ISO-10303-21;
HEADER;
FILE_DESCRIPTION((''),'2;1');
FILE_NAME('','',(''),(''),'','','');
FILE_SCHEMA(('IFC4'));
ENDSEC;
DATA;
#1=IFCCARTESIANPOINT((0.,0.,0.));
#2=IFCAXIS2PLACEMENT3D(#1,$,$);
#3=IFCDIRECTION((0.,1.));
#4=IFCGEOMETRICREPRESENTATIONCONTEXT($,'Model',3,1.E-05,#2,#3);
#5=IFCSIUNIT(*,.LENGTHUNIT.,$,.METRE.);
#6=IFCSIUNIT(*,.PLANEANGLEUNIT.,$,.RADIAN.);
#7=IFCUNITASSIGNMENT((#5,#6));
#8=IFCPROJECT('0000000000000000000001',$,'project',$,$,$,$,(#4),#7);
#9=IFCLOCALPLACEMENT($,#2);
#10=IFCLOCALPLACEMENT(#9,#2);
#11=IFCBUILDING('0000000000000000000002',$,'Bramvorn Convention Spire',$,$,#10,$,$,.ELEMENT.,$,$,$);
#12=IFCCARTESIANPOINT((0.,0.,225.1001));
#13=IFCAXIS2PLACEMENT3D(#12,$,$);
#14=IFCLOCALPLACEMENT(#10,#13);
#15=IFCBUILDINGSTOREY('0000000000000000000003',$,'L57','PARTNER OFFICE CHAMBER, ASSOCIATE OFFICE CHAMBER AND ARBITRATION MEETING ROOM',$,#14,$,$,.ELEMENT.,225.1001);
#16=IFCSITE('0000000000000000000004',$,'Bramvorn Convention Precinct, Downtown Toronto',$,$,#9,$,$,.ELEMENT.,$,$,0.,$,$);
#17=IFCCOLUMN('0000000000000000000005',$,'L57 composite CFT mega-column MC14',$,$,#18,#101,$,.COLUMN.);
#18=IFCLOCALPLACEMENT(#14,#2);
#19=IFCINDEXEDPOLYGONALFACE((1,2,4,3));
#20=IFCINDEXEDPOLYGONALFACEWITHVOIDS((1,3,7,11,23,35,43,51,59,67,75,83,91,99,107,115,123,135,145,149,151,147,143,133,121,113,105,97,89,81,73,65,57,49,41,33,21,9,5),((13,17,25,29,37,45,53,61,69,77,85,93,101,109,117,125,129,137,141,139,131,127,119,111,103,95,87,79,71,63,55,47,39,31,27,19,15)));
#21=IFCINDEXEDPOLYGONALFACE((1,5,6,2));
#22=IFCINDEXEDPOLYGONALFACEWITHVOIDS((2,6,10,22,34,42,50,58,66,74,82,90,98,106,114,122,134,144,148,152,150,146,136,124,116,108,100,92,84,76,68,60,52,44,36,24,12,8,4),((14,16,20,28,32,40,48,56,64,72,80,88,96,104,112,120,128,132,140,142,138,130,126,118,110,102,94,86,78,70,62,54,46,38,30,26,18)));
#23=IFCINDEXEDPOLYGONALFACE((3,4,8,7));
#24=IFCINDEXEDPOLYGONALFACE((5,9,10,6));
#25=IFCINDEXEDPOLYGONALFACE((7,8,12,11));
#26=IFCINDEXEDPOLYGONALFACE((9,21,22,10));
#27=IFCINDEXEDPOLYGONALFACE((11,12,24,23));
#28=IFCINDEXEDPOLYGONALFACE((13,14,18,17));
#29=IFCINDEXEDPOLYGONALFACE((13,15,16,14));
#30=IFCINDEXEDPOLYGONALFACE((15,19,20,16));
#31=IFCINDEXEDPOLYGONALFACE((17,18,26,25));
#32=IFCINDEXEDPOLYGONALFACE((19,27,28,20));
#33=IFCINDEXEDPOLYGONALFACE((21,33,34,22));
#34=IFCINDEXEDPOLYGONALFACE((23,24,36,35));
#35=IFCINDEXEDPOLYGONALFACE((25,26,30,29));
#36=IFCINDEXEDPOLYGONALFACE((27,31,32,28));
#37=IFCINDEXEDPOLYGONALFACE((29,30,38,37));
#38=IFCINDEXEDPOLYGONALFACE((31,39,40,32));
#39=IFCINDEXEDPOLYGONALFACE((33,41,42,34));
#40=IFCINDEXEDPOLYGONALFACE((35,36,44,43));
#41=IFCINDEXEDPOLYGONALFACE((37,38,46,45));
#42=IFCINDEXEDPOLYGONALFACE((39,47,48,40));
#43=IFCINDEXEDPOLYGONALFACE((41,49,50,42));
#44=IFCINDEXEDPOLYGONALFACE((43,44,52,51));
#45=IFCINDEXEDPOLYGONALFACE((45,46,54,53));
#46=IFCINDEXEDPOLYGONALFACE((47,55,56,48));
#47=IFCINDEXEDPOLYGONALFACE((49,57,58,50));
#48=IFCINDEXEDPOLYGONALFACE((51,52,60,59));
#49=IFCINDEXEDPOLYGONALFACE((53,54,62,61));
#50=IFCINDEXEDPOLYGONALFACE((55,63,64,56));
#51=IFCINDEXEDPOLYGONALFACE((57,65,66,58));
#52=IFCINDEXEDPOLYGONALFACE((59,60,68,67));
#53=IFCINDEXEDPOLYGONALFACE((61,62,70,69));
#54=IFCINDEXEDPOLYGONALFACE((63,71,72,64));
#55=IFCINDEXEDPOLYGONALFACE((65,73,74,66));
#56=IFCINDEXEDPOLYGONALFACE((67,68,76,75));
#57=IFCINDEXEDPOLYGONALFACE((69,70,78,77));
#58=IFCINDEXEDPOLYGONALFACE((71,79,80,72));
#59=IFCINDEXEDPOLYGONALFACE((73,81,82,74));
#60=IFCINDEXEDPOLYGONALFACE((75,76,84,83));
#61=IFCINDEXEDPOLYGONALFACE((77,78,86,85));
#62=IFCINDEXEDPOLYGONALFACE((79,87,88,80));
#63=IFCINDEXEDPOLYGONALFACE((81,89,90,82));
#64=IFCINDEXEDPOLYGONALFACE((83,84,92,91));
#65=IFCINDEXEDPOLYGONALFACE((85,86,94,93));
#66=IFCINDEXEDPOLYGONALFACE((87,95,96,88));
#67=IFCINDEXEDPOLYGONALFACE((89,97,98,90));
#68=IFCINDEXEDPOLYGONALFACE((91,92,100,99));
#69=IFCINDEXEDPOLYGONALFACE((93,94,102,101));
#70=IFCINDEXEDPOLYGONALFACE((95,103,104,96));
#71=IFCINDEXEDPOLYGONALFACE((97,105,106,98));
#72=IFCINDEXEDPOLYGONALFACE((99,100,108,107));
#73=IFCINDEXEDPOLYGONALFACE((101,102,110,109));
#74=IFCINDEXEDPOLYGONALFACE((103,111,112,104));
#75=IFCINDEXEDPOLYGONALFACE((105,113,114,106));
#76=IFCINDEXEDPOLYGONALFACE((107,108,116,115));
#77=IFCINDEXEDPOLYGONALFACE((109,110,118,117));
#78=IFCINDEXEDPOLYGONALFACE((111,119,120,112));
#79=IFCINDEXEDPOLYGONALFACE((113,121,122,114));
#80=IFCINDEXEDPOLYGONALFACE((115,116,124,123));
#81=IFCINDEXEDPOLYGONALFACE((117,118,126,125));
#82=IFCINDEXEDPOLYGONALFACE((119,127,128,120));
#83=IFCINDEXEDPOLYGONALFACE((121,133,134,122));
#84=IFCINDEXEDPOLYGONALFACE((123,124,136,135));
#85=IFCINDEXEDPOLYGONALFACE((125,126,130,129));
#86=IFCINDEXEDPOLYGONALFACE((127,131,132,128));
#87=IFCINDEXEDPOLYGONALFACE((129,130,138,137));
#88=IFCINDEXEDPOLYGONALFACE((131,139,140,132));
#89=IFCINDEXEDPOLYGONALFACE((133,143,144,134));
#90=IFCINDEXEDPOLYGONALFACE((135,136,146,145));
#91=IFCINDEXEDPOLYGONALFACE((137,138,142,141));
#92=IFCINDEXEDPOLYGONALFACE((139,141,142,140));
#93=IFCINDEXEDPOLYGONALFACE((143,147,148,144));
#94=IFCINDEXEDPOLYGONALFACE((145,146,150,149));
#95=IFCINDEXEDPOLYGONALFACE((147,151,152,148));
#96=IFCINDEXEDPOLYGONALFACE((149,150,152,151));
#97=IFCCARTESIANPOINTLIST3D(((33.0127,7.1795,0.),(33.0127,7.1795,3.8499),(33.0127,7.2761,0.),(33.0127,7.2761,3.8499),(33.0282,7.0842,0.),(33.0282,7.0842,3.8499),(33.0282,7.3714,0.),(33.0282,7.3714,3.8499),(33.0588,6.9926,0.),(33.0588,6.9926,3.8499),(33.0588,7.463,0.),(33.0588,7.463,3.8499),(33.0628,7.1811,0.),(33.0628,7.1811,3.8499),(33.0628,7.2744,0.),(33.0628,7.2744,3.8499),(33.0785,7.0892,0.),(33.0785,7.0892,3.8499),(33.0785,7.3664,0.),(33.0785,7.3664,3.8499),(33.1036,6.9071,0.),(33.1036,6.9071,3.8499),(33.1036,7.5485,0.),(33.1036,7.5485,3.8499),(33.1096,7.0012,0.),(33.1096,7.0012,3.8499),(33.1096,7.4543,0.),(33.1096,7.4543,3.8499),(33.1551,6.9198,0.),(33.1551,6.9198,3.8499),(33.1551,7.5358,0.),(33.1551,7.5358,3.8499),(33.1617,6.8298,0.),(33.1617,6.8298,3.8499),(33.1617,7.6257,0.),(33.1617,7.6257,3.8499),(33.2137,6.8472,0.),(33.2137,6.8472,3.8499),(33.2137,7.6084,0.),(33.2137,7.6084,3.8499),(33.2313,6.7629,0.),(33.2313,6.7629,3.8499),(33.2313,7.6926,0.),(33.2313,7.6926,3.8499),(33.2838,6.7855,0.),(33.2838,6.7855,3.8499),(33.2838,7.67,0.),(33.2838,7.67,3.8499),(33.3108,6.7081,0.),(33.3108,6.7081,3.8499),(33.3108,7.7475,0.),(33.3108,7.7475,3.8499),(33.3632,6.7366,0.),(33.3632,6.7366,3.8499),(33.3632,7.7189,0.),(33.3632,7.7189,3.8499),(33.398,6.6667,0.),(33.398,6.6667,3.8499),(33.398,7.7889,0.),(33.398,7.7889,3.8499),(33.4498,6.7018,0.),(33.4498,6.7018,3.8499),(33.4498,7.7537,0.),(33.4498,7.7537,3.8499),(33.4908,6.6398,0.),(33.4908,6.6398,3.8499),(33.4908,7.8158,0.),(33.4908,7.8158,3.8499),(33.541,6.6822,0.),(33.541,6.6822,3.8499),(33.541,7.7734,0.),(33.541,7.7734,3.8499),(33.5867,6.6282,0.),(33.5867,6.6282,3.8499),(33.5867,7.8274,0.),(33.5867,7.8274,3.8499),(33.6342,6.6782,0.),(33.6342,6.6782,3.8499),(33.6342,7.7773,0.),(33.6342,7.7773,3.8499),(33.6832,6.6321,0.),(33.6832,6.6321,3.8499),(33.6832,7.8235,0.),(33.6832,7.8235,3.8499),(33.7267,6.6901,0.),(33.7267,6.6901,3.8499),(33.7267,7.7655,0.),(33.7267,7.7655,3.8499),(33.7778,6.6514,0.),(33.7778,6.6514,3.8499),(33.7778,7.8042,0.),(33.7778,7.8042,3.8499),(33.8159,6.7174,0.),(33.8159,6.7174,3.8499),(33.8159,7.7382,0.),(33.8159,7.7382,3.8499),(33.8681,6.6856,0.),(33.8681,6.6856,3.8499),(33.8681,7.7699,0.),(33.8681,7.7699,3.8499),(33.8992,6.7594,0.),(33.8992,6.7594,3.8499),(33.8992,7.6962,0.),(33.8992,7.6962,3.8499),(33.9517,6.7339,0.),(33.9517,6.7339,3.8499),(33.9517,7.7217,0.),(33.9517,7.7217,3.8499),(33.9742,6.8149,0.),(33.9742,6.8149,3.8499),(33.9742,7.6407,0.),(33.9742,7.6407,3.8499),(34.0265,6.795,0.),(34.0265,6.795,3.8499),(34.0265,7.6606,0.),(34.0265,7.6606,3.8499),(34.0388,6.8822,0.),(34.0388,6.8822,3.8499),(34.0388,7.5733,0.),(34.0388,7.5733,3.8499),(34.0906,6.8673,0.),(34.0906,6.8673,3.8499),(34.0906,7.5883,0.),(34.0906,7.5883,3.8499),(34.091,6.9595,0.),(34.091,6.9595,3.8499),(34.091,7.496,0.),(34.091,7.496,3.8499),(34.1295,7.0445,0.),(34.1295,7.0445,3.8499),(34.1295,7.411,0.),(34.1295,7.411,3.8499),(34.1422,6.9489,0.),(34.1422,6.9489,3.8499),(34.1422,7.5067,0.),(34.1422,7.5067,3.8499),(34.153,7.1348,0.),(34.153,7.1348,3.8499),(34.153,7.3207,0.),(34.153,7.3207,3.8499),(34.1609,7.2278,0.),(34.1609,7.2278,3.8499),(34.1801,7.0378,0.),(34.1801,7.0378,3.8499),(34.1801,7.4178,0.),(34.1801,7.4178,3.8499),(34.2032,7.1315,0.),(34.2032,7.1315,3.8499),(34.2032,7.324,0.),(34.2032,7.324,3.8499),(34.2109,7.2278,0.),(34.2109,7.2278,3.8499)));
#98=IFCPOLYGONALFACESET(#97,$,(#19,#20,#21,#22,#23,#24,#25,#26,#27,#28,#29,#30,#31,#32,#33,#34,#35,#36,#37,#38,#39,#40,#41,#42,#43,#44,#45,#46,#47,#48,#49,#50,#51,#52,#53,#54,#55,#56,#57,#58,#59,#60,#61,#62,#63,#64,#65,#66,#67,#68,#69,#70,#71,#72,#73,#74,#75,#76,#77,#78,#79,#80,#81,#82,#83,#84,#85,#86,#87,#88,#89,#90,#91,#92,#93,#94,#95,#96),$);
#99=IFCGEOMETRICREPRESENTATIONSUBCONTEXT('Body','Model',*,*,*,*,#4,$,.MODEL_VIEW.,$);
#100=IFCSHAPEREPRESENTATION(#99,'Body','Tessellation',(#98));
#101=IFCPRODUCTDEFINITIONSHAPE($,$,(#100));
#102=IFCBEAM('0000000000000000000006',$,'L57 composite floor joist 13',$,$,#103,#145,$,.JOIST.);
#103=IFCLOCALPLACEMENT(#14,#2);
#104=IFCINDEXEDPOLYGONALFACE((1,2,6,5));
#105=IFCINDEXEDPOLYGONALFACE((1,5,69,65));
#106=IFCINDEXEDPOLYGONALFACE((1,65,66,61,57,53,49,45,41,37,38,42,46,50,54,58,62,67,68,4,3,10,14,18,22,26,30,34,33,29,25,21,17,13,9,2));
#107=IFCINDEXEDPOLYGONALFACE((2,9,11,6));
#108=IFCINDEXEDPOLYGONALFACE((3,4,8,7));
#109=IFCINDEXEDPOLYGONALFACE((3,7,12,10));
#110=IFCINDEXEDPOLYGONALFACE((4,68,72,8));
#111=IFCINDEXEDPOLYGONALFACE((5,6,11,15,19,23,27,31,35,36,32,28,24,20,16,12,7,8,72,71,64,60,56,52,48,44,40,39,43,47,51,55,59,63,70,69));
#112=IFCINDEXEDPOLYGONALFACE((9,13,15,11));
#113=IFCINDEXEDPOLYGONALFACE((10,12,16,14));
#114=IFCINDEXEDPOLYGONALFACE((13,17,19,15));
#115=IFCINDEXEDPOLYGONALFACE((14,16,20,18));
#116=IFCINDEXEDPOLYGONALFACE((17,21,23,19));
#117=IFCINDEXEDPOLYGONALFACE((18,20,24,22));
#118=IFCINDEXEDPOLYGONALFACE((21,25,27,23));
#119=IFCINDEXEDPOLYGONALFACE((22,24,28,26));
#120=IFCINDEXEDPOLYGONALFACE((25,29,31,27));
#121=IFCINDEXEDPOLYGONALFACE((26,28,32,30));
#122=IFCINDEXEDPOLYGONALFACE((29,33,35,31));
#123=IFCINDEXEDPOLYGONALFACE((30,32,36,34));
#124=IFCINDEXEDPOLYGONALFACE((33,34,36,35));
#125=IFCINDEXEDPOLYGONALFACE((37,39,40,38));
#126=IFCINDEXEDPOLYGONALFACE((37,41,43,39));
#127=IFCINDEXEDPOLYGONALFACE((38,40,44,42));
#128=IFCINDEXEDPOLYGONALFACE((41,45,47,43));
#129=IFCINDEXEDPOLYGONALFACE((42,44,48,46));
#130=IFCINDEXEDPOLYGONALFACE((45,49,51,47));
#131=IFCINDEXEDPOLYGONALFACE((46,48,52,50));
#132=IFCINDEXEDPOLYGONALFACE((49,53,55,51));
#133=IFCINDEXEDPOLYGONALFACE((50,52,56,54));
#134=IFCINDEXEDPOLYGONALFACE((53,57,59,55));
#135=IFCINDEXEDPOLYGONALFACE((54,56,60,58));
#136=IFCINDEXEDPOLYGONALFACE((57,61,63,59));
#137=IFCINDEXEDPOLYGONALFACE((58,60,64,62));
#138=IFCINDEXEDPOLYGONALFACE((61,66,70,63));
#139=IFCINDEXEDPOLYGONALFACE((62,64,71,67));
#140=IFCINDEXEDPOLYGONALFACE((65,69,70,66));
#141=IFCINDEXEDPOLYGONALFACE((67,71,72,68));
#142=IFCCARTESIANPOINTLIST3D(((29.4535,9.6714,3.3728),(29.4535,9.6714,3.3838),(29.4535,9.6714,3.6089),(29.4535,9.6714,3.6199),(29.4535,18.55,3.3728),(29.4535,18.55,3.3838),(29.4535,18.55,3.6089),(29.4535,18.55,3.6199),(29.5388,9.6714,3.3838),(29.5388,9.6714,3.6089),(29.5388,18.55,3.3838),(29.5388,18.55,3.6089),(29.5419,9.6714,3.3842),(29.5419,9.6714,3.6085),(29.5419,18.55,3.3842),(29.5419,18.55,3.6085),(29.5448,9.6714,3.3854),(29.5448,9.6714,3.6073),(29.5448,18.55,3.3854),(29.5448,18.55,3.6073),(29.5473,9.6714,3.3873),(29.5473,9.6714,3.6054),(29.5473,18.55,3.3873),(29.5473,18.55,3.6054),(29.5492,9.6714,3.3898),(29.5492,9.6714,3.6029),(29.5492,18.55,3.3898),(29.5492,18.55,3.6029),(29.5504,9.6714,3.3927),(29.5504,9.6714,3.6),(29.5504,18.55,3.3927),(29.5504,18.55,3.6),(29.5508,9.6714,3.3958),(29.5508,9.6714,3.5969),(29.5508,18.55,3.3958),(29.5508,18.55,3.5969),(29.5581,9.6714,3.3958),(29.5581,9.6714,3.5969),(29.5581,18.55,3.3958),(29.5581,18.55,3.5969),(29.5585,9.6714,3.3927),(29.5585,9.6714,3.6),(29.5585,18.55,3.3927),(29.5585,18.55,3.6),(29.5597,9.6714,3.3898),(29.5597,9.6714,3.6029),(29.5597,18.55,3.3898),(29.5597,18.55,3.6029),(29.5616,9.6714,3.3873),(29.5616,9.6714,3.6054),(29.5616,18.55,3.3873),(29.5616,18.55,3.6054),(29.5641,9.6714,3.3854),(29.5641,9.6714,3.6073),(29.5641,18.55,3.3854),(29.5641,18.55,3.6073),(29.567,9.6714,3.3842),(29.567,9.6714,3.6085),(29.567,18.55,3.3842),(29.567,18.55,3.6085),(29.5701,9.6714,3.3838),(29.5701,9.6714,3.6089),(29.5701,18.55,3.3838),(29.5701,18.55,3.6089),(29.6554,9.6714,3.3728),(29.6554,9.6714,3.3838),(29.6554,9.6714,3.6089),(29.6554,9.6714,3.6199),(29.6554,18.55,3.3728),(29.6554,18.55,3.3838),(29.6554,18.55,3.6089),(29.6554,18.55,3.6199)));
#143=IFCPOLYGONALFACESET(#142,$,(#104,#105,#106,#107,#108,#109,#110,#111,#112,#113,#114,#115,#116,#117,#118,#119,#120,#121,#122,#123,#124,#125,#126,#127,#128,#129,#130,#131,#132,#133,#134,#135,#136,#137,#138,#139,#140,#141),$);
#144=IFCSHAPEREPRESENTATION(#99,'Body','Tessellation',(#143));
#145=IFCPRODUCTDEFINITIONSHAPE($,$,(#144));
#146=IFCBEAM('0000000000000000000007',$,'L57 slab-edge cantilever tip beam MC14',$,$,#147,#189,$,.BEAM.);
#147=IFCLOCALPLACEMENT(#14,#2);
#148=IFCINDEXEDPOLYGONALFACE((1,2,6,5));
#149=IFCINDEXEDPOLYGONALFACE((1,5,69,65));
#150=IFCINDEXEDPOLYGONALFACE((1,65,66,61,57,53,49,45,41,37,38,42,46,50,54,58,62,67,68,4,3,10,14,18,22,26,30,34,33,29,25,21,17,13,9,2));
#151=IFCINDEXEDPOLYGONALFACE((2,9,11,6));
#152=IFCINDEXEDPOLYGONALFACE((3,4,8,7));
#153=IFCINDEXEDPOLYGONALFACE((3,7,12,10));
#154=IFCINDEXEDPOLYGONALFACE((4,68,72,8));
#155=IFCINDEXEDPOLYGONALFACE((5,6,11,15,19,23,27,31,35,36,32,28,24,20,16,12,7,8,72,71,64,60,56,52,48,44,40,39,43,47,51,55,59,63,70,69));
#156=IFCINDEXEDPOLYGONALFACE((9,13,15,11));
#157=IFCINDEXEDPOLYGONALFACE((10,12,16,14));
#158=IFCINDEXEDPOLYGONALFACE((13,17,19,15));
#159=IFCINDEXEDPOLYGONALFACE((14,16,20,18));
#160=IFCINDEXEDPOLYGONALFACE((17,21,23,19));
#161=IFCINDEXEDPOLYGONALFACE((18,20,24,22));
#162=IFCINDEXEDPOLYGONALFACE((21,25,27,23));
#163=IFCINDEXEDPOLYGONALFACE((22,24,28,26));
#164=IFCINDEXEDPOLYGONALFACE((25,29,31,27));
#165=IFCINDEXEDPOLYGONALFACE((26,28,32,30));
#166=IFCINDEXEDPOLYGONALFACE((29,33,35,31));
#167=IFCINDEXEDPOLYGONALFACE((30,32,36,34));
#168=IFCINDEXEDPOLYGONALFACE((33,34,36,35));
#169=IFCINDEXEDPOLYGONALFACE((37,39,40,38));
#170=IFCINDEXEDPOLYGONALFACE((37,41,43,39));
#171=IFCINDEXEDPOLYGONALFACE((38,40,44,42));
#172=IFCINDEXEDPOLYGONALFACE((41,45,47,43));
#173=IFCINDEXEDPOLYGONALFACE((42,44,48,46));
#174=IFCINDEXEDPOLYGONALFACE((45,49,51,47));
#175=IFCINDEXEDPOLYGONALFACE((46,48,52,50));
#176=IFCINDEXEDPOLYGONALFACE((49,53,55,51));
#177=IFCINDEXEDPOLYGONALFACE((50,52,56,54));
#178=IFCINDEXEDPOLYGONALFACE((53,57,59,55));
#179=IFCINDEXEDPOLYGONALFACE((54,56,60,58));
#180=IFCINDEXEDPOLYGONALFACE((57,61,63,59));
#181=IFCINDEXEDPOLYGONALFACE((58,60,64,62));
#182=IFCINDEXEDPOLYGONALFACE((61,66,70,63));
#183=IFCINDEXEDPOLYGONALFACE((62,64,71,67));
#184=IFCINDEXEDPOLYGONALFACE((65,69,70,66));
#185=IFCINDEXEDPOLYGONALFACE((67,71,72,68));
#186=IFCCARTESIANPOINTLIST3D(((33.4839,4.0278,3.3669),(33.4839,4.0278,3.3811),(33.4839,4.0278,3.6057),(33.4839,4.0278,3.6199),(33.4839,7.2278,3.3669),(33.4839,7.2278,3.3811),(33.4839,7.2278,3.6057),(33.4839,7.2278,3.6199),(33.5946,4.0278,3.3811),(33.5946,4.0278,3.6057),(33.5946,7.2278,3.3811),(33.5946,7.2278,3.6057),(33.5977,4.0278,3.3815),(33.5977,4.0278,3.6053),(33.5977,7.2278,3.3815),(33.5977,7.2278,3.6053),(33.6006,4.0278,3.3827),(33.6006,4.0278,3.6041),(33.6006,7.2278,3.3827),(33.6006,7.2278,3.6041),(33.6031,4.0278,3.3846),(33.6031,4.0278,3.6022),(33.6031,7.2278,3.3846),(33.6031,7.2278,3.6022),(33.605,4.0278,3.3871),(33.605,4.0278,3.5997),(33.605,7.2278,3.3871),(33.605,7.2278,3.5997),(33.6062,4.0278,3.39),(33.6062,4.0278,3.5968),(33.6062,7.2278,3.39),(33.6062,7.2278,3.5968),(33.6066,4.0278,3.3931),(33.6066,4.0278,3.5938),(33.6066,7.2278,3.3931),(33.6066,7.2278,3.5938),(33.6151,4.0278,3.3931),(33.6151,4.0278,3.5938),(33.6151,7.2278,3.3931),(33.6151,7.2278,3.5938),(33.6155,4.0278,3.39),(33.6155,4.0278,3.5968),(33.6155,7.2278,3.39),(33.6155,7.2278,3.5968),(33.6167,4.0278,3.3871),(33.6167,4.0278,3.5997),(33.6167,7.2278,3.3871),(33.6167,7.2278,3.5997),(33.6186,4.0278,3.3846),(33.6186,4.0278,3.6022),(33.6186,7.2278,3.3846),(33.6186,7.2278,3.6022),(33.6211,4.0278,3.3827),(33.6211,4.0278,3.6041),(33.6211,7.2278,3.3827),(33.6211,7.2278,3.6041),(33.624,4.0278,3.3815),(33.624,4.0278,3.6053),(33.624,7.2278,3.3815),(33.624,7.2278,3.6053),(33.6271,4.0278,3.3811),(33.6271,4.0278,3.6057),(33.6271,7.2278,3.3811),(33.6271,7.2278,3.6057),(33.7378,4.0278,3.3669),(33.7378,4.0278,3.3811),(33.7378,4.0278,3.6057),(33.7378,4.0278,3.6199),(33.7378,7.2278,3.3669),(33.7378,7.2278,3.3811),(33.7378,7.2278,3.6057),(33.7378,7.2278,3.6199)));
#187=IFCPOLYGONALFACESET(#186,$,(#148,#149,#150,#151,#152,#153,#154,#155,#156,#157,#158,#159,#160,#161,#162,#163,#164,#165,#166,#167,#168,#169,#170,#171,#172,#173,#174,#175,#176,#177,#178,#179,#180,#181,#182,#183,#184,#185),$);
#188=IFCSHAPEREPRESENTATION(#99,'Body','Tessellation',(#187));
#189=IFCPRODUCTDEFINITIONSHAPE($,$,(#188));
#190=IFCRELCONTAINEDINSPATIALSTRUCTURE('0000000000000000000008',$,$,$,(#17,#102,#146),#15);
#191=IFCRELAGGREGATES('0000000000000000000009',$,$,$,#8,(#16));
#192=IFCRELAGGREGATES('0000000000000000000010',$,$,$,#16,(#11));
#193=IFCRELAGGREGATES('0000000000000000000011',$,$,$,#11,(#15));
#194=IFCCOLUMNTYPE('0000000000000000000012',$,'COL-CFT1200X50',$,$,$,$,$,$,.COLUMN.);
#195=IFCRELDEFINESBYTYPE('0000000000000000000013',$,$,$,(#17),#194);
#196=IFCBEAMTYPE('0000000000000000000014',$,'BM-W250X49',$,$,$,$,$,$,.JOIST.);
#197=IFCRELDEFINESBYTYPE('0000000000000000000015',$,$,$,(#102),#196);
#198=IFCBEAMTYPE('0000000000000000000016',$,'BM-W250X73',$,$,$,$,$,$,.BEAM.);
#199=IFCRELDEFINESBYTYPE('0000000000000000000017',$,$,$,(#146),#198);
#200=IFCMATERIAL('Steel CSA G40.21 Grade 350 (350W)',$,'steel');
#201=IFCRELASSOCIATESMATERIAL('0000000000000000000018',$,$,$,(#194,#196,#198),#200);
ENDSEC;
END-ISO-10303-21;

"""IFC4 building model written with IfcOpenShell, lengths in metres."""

from ifc_helpers import new_model, si_unit, direction, frame, origin, origin_2d, place, context, subcontext, project, spatial, hollow_circle, i_section, extrude, material, material_profile, profile_set, type_object, element, save


model = new_model("IFC4")

# Units and contexts
model_context = context("Model", 3, precision=1e-05, world=origin(), true_north=direction((0.0, 1.0)))
body_context = subcontext(model_context, "Body", "Model", "MODEL_VIEW")
ifc_project = project(units=[si_unit("LENGTHUNIT", "METRE"), si_unit("PLANEANGLEUNIT", "RADIAN")], contexts=[model_context])

# Site, building, storey
site_placement = place(None, origin())
site = spatial("IfcSite", under=ifc_project, at=site_placement, Name="Bramvorn Convention Precinct, Downtown Toronto", CompositionType="ELEMENT", RefElevation=0.0)
building_placement = place(site_placement, origin())
building = spatial("IfcBuilding", under=site, at=building_placement, Name="Bramvorn Convention Spire", CompositionType="ELEMENT")
storey_placement = place(building_placement, frame((0.0, 0.0, 225.1001)))
storey = spatial("IfcBuildingStorey", under=building, at=storey_placement, Name="L57", Description="PARTNER OFFICE CHAMBER, ASSOCIATE OFFICE CHAMBER AND ARBITRATION MEETING ROOM", CompositionType="ELEMENT", Elevation=225.1001)

# Column
ifc_material_1 = material(Name="Steel CSA G40.21 Grade 350 (350W)", Category="steel")
ifc_material_profile_1 = material_profile(ifc_material_1, hollow_circle(Radius=0.6001, WallThickness=0.05, at=origin_2d()))
ifc_profile_set_1 = profile_set([ifc_material_profile_1], Name="Steel CSA G40.21 Grade 350 (350W) - CFT1200X50")
column_type = type_object("IfcColumnType", Name="COL-CFT1200X50", PredefinedType="COLUMN", material=ifc_profile_set_1)
column_placement = place(storey_placement, frame((33.6108, 7.2278, 0.0), z_axis=(0.0, 0.0, 1.0), x_axis=(1.0, 0.0, 0.0)))
element("IfcColumn", 1, at=column_placement, inside=storey, type_object=column_type, Name="L57 composite CFT mega-column MC14", PredefinedType="COLUMN", context=body_context, shape_type="SweptSolid", body=[
    extrude(hollow_circle(Radius=0.6001, WallThickness=0.05, at=origin_2d()), origin(), (0.0, 0.0, 1.0), 3.8499),
])

# Beams
ifc_material_profile_2 = material_profile(ifc_material_1, i_section(OverallWidth=0.2019, OverallDepth=0.2471, WebThickness=0.0073, FlangeThickness=0.011, FilletRadius=0.012, at=origin_2d()))
ifc_profile_set_2 = profile_set([ifc_material_profile_2], Name="Steel CSA G40.21 Grade 350 (350W) - W250X49")
beam_type_1 = type_object("IfcBeamType", Name="BM-W250X49", PredefinedType="JOIST", material=ifc_profile_set_2)
beam_1_placement = place(storey_placement, frame((29.5544, 18.55, 3.4963), z_axis=(0.0, -1.0, 0.0), x_axis=(1.0, 0.0, 0.0)))
element("IfcBeam", 2, at=beam_1_placement, inside=storey, type_object=beam_type_1, Name="L57 composite floor joist 13", PredefinedType="JOIST", context=body_context, shape_type="SweptSolid", body=[
    extrude(i_section(OverallWidth=0.2019, OverallDepth=0.2471, WebThickness=0.0073, FlangeThickness=0.011, FilletRadius=0.012, at=origin_2d()), origin(), (0.0, 0.0, 1.0), 8.8787),
])
ifc_material_profile_3 = material_profile(ifc_material_1, i_section(OverallWidth=0.2539, OverallDepth=0.2529, WebThickness=0.0085, FlangeThickness=0.0142, FilletRadius=0.012, at=origin_2d()))
ifc_profile_set_3 = profile_set([ifc_material_profile_3], Name="Steel CSA G40.21 Grade 350 (350W) - W250X73")
beam_type_2 = type_object("IfcBeamType", Name="BM-W250X73", PredefinedType="BEAM", material=ifc_profile_set_3)
beam_2_placement = place(storey_placement, frame((33.6108, 7.2278, 3.4934), z_axis=(0.0, -1.0, 0.0), x_axis=(1.0, 0.0, 0.0)))
element("IfcBeam", 3, at=beam_2_placement, inside=storey, type_object=beam_type_2, Name="L57 slab-edge cantilever tip beam MC14", PredefinedType="BEAM", context=body_context, shape_type="SweptSolid", body=[
    extrude(i_section(OverallWidth=0.2539, OverallDepth=0.2529, WebThickness=0.0085, FlangeThickness=0.0142, FilletRadius=0.012, at=origin_2d()), origin(), (0.0, 0.0, 1.0), 3.2),
])

save(model, "model.ifc")
